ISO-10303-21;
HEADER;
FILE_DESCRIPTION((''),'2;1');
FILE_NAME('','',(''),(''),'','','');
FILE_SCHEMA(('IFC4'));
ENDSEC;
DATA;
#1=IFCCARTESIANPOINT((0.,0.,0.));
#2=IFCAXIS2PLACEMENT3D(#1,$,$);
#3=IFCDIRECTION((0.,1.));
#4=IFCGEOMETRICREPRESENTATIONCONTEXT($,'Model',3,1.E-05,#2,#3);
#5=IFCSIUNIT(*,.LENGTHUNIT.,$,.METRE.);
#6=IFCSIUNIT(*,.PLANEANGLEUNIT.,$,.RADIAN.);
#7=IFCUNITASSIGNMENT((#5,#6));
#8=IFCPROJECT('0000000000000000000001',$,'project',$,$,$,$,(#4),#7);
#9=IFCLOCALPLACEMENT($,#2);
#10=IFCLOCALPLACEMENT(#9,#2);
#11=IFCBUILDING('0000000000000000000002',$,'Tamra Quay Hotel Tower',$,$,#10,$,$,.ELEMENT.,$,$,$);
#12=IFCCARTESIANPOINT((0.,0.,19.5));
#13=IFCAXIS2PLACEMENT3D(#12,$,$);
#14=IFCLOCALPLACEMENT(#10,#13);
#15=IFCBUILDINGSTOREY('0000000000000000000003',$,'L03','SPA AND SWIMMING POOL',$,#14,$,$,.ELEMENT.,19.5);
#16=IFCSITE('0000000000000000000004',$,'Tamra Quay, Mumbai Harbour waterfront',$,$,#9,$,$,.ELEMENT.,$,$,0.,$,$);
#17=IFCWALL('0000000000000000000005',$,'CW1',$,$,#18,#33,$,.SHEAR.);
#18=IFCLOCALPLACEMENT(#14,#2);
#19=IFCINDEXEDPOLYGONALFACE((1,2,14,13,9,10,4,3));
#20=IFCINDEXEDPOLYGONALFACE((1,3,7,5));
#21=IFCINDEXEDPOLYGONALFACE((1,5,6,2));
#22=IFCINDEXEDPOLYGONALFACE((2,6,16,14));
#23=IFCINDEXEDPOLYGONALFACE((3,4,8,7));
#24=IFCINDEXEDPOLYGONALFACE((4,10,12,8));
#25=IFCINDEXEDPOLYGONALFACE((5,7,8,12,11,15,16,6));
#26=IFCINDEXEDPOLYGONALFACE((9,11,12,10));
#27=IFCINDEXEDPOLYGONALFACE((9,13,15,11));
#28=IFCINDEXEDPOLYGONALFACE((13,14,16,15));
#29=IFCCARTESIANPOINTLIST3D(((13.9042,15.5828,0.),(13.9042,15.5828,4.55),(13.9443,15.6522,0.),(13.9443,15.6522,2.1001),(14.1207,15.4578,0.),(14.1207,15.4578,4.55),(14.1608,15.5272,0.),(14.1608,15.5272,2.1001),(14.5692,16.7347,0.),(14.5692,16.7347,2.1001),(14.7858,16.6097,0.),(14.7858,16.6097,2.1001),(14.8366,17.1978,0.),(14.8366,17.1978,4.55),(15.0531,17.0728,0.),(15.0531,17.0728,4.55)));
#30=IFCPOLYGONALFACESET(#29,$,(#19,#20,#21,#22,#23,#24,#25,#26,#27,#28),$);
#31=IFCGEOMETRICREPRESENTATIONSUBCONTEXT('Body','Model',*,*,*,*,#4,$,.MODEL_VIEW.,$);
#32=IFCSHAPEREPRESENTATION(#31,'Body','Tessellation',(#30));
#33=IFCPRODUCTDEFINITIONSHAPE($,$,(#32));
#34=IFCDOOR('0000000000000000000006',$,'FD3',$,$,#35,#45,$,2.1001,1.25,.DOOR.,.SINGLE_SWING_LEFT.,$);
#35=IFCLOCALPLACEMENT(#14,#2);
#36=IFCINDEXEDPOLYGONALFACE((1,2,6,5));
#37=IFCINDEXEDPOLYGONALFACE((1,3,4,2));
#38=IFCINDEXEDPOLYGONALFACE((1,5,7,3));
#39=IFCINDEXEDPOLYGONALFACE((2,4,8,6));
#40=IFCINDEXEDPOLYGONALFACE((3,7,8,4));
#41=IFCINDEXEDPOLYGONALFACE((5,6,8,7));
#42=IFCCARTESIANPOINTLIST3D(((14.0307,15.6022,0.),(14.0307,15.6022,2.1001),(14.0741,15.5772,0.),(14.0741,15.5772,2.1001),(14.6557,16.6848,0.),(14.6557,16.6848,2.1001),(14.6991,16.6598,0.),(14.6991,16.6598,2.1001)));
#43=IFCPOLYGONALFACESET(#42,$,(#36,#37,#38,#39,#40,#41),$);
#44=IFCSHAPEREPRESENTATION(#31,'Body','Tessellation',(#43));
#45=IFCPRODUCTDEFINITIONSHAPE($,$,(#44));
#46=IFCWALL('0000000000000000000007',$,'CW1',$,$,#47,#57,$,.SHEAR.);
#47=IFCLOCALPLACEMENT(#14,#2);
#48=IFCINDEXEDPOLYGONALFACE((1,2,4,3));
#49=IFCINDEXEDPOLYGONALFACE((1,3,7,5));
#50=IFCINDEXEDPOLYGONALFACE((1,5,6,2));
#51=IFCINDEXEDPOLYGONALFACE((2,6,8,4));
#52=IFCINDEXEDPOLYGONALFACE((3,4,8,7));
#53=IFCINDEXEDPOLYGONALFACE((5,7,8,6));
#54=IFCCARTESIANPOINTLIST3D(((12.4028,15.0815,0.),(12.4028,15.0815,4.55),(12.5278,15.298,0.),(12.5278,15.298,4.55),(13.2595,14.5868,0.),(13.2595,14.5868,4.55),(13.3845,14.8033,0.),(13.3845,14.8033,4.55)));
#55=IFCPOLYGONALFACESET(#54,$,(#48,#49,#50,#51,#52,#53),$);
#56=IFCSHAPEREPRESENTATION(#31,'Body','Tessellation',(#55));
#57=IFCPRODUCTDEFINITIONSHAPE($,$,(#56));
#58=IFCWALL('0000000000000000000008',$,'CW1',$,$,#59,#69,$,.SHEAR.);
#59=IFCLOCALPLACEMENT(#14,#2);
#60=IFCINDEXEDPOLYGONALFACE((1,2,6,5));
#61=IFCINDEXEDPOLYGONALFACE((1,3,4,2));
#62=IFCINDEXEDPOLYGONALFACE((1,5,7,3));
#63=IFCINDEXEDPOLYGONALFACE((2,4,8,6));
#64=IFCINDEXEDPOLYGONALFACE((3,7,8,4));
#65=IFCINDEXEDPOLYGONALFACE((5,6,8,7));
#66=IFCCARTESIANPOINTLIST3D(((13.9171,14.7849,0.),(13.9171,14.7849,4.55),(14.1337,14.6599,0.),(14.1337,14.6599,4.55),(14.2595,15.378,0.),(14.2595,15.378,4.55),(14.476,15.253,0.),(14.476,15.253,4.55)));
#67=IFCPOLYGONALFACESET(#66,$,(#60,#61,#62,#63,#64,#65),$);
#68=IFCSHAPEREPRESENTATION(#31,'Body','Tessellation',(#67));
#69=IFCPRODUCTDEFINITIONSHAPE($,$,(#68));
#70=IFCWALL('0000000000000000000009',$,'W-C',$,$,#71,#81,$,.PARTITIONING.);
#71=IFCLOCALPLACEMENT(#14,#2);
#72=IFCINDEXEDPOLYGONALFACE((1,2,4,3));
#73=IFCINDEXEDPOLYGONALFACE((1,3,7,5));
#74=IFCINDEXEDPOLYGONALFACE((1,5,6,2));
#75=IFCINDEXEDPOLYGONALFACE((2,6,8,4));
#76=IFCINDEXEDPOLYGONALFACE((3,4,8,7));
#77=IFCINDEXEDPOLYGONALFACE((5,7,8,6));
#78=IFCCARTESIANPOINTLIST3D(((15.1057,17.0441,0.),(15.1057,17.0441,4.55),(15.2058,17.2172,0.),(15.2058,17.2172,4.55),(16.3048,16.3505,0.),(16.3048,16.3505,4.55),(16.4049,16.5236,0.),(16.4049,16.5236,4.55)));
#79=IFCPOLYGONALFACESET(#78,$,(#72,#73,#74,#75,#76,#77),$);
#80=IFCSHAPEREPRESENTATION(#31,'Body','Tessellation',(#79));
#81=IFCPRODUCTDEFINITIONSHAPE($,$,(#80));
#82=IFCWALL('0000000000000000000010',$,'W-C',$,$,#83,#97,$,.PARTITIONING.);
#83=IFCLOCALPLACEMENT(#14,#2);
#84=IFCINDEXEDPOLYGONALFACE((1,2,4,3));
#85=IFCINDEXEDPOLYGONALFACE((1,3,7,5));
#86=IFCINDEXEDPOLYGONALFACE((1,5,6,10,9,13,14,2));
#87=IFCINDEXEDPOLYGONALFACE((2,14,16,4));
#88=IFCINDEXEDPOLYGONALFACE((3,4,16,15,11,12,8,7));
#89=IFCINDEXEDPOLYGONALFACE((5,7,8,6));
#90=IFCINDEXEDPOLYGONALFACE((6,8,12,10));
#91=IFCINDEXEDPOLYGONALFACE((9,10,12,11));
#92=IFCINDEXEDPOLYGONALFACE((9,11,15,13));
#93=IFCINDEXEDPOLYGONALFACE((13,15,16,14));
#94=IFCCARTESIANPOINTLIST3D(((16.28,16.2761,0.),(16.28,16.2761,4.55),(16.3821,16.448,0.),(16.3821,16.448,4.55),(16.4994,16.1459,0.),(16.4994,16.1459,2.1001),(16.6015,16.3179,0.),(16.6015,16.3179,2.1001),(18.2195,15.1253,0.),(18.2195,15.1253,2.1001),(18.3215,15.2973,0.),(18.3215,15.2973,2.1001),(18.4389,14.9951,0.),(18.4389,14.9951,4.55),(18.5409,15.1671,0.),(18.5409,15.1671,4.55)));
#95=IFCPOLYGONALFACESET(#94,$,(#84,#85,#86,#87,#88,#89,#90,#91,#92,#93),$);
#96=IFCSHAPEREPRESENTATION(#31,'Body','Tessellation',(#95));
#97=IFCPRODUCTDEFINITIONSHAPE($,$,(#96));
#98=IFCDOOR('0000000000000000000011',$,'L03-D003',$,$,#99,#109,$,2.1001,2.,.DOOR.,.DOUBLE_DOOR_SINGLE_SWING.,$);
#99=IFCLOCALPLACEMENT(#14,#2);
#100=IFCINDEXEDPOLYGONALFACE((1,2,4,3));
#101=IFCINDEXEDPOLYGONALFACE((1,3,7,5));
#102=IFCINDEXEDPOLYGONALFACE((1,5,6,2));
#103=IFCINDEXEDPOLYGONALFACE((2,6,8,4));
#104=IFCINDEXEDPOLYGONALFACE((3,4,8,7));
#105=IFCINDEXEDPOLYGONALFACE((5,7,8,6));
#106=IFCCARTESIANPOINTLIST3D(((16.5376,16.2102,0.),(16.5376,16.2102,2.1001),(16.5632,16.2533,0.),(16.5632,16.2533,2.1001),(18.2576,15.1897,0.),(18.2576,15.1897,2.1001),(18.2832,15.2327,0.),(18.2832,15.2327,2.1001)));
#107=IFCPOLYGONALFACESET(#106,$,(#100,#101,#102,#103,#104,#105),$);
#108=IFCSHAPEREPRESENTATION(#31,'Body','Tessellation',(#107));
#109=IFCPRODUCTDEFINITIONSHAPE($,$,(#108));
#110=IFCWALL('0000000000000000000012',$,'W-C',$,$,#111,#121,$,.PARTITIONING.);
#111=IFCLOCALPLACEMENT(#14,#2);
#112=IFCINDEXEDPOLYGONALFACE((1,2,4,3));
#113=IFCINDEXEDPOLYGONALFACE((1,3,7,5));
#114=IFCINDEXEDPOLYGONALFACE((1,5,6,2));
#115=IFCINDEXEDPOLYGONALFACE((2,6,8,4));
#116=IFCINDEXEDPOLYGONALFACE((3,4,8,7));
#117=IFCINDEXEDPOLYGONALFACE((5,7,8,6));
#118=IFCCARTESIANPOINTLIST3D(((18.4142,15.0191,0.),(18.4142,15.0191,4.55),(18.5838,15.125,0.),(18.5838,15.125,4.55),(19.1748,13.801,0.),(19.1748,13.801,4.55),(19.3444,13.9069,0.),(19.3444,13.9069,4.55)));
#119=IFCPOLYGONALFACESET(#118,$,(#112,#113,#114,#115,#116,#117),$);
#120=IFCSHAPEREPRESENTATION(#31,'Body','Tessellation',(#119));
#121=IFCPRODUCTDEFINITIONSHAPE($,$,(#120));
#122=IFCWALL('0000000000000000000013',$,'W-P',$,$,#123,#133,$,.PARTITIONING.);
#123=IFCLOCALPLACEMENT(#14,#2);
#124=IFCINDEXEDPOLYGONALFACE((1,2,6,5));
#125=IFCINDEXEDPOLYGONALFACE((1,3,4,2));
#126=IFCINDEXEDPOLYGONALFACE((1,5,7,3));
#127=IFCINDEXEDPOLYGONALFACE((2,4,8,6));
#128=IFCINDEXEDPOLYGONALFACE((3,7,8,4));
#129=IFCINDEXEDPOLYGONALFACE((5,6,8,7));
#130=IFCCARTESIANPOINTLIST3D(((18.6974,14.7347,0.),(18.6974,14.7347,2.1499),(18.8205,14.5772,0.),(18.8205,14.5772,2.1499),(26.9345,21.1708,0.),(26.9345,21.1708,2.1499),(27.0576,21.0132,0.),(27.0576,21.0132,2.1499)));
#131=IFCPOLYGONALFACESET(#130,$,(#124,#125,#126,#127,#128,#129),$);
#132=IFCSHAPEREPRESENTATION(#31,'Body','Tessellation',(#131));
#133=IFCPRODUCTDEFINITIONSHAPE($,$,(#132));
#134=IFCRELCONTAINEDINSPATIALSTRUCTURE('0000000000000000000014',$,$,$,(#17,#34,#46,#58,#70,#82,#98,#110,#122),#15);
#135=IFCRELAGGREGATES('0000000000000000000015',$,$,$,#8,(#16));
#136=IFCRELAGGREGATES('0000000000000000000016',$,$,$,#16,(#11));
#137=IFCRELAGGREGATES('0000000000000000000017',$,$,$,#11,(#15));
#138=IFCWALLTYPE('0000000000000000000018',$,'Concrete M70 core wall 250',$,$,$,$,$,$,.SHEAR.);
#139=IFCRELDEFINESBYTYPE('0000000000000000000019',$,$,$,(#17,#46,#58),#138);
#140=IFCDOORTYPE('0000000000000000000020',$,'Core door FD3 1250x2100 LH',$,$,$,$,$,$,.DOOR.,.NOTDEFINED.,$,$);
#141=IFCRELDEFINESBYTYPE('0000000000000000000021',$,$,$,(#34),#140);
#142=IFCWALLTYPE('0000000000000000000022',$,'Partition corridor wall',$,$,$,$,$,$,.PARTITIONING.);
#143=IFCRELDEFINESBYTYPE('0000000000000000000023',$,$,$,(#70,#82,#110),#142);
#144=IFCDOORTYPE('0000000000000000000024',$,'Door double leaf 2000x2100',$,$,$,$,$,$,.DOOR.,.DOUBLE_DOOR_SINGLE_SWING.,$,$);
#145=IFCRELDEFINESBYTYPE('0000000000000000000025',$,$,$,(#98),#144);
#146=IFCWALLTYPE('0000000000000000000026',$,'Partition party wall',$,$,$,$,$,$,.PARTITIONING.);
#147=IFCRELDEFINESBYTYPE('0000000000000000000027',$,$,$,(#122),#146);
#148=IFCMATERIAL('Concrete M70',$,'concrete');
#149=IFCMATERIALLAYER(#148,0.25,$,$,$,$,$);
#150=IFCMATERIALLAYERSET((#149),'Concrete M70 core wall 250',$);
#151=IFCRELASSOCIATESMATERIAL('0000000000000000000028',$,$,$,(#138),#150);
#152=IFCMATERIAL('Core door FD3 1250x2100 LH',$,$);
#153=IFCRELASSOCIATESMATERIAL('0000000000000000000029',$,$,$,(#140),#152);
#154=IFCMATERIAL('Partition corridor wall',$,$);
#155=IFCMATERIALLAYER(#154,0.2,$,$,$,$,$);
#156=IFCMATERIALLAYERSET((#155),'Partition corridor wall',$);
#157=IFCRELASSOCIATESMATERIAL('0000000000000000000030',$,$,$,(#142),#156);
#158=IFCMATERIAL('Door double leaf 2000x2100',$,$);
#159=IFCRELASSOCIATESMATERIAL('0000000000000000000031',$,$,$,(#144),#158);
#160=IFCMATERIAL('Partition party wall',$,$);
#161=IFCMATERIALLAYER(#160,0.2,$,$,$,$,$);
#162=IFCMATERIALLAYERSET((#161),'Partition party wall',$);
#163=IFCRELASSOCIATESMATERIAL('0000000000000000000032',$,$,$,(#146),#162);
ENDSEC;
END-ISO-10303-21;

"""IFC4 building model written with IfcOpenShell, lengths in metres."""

from ifc_helpers import new_model, si_unit, direction, frame, frame_2d, origin, place, context, subcontext, project, spatial, rectangle, extrude, material, layer, layer_set, type_object, element, fill, save


model = new_model("IFC4")

# Units and contexts
model_context = context("Model", 3, precision=1e-05, world=origin(), true_north=direction((0.0, 1.0)))
body_context = subcontext(model_context, "Body", "Model", "MODEL_VIEW")
ifc_project = project(units=[si_unit("LENGTHUNIT", "METRE"), si_unit("PLANEANGLEUNIT", "RADIAN")], contexts=[model_context])

# Site, building, storey
site_placement = place(None, origin())
site = spatial("IfcSite", under=ifc_project, at=site_placement, Name="Tamra Quay, Mumbai Harbour waterfront", CompositionType="ELEMENT", RefElevation=0.0)
building_placement = place(site_placement, origin())
building = spatial("IfcBuilding", under=site, at=building_placement, Name="Tamra Quay Hotel Tower", CompositionType="ELEMENT")
storey_placement = place(building_placement, frame((0.0, 0.0, 19.5)))
storey = spatial("IfcBuildingStorey", under=building, at=storey_placement, Name="L03", Description="SPA AND SWIMMING POOL", CompositionType="ELEMENT", Elevation=19.5)

# Shared definitions
ifc_material_1 = material(Name="Concrete M70", Category="concrete")

# Shared definitions
ifc_layer_1 = layer(ifc_material_1, 0.25)
ifc_layer_set_1 = layer_set([ifc_layer_1], Name="Concrete M70 core wall 250")
wall_type_1 = type_object("IfcWallType", Name="Concrete M70 core wall 250", PredefinedType="SHEAR", material=ifc_layer_set_1)

# Wall, opening, door
wall_1_placement = place(storey_placement, frame((14.9448, 17.1353, 0.0), z_axis=(0.0, 0.0, 1.0), x_axis=(-0.499983, -0.866035, 0.0)))
wall_1 = element("IfcWall", 1, at=wall_1_placement, inside=storey, type_object=wall_type_1, Name="CW1", PredefinedType="SHEAR", context=body_context, shape_type="SweptSolid", body=[
    extrude(rectangle(XDim=1.8647, YDim=0.25, at=frame_2d((0.9324, 0.0))), origin(), (0.0, 0.0, 1.0), 4.55),
])
opening_1_placement = place(wall_1_placement, frame((0.5347, 0.0, 0.0)))
opening_1 = element("IfcOpeningElement", 2, at=opening_1_placement, cuts=wall_1, PredefinedType="OPENING", context=body_context, shape_type="SweptSolid", body=[
    extrude(rectangle(XDim=1.25, YDim=2.1001, at=frame_2d((0.625, 1.05))), frame((0.0, 0.135, 0.0), z_axis=(0.0, -1.0, 0.0), x_axis=(1.0, 0.0, 0.0)), (0.0, 0.0, 1.0), 0.27),
])
ifc_material_2 = material(Name="Core door FD3 1250x2100 LH")
door_type_1 = type_object("IfcDoorType", Name="Core door FD3 1250x2100 LH", OperationType="NOTDEFINED", PredefinedType="DOOR", material=ifc_material_2)
door_1_placement = place(opening_1_placement, origin())
door_1 = element("IfcDoor", 3, at=door_1_placement, inside=storey, type_object=door_type_1, Name="FD3", OperationType="SINGLE_SWING_LEFT", OverallHeight=2.1001, OverallWidth=1.25, PredefinedType="DOOR", context=body_context, shape_type="SweptSolid", body=[
    extrude(rectangle(XDim=1.25, YDim=2.1001, at=frame_2d((0.625, 1.05))), frame((0.0, 0.0249, 0.0), z_axis=(0.0, -1.0, 0.0), x_axis=(1.0, 0.0, 0.0)), (0.0, 0.0, 1.0), 0.05),
])
fill(opening_1, door_1)

# Walls
wall_2_placement = place(storey_placement, frame((13.322, 14.6951, 0.0), z_axis=(0.0, 0.0, 1.0), x_axis=(-0.866017, 0.500014, 0.0)))
element("IfcWall", 4, at=wall_2_placement, inside=storey, type_object=wall_type_1, Name="CW1", PredefinedType="SHEAR", context=body_context, shape_type="SweptSolid", body=[
    extrude(rectangle(XDim=0.9893, YDim=0.25, at=frame_2d((0.4946, 0.0))), origin(), (0.0, 0.0, 1.0), 4.55),
])
wall_3_placement = place(storey_placement, frame((14.3677, 15.3154, 0.0), z_axis=(0.0, 0.0, 1.0), x_axis=(-0.499897, -0.866085, 0.0)))
element("IfcWall", 5, at=wall_3_placement, inside=storey, type_object=wall_type_1, Name="CW1", PredefinedType="SHEAR", context=body_context, shape_type="SweptSolid", body=[
    extrude(rectangle(XDim=0.6848, YDim=0.25, at=frame_2d((0.3423, 0.0))), origin(), (0.0, 0.0, 1.0), 4.55),
])
ifc_material_3 = material(Name="Partition corridor wall")
ifc_layer_2 = layer(ifc_material_3, 0.2)
ifc_layer_set_2 = layer_set([ifc_layer_2], Name="Partition corridor wall")
wall_type_2 = type_object("IfcWallType", Name="Partition corridor wall", PredefinedType="PARTITIONING", material=ifc_layer_set_2)
wall_4_placement = place(storey_placement, frame((15.1558, 17.1306, 0.0), z_axis=(0.0, 0.0, 1.0), x_axis=(0.865639, -0.500668, 0.0)))
element("IfcWall", 6, at=wall_4_placement, inside=storey, type_object=wall_type_2, Name="W-C", PredefinedType="PARTITIONING", context=body_context, shape_type="SweptSolid", body=[
    extrude(rectangle(XDim=1.3853, YDim=0.2, at=frame_2d((0.6926, 0.0))), origin(), (0.0, 0.0, 1.0), 4.55),
])

# Wall, opening, door
wall_5_placement = place(storey_placement, frame((16.3311, 16.3621, 0.0), z_axis=(0.0, 0.0, 1.0), x_axis=(0.860005, -0.510285, 0.0)))
wall_5 = element("IfcWall", 7, at=wall_5_placement, inside=storey, type_object=wall_type_2, Name="W-C", PredefinedType="PARTITIONING", context=body_context, shape_type="SweptSolid", body=[
    extrude(rectangle(XDim=2.5103, YDim=0.2, at=frame_2d((1.2551, 0.0))), origin(), (0.0, 0.0, 1.0), 4.55),
])
opening_2_placement = place(wall_5_placement, frame((0.2551, 0.0, 0.0)))
opening_2 = element("IfcOpeningElement", 8, at=opening_2_placement, cuts=wall_5, PredefinedType="OPENING", context=body_context, shape_type="SweptSolid", body=[
    extrude(rectangle(XDim=2.0, YDim=2.1001, at=frame_2d((1.0, 1.05))), frame((0.0, 0.1099, 0.0), z_axis=(0.0, -1.0, 0.0), x_axis=(1.0, 0.0, 0.0)), (0.0, 0.0, 1.0), 0.22),
])
ifc_material_4 = material(Name="Door double leaf 2000x2100")
door_type_2 = type_object("IfcDoorType", Name="Door double leaf 2000x2100", OperationType="DOUBLE_DOOR_SINGLE_SWING", PredefinedType="DOOR", material=ifc_material_4)
door_2_placement = place(opening_2_placement, origin())
door_2 = element("IfcDoor", 9, at=door_2_placement, inside=storey, type_object=door_type_2, Name="L03-D003", OperationType="DOUBLE_DOOR_SINGLE_SWING", OverallHeight=2.1001, OverallWidth=2.0, PredefinedType="DOOR", context=body_context, shape_type="SweptSolid", body=[
    extrude(rectangle(XDim=2.0, YDim=2.1001, at=frame_2d((1.0, 1.05))), frame((0.0, 0.0249, 0.0), z_axis=(0.0, -1.0, 0.0), x_axis=(1.0, 0.0, 0.0)), (0.0, 0.0, 1.0), 0.05),
])
fill(opening_2, door_2)

# Walls
wall_6_placement = place(storey_placement, frame((18.499, 15.072, 0.0), z_axis=(0.0, 0.0, 1.0), x_axis=(0.529617, -0.848237, 0.0)))
element("IfcWall", 10, at=wall_6_placement, inside=storey, type_object=wall_type_2, Name="W-C", PredefinedType="PARTITIONING", context=body_context, shape_type="SweptSolid", body=[
    extrude(rectangle(XDim=1.436, YDim=0.2, at=frame_2d((0.718, 0.0))), origin(), (0.0, 0.0, 1.0), 4.55),
])
ifc_material_5 = material(Name="Partition party wall")
ifc_layer_3 = layer(ifc_material_5, 0.2)
ifc_layer_set_3 = layer_set([ifc_layer_3], Name="Partition party wall")
wall_type_3 = type_object("IfcWallType", Name="Partition party wall", PredefinedType="PARTITIONING", material=ifc_layer_set_3)
wall_7_placement = place(storey_placement, frame((18.759, 14.656, 0.0), z_axis=(0.0, 0.0, 1.0), x_axis=(0.787986, 0.615693, 0.0)))
element("IfcWall", 11, at=wall_7_placement, inside=storey, type_object=wall_type_3, Name="W-P", PredefinedType="PARTITIONING", context=body_context, shape_type="SweptSolid", body=[
    extrude(rectangle(XDim=10.4534, YDim=0.2, at=frame_2d((5.2266, 0.0))), origin(), (0.0, 0.0, 1.0), 2.1499),
])

save(model, "model.ifc")
